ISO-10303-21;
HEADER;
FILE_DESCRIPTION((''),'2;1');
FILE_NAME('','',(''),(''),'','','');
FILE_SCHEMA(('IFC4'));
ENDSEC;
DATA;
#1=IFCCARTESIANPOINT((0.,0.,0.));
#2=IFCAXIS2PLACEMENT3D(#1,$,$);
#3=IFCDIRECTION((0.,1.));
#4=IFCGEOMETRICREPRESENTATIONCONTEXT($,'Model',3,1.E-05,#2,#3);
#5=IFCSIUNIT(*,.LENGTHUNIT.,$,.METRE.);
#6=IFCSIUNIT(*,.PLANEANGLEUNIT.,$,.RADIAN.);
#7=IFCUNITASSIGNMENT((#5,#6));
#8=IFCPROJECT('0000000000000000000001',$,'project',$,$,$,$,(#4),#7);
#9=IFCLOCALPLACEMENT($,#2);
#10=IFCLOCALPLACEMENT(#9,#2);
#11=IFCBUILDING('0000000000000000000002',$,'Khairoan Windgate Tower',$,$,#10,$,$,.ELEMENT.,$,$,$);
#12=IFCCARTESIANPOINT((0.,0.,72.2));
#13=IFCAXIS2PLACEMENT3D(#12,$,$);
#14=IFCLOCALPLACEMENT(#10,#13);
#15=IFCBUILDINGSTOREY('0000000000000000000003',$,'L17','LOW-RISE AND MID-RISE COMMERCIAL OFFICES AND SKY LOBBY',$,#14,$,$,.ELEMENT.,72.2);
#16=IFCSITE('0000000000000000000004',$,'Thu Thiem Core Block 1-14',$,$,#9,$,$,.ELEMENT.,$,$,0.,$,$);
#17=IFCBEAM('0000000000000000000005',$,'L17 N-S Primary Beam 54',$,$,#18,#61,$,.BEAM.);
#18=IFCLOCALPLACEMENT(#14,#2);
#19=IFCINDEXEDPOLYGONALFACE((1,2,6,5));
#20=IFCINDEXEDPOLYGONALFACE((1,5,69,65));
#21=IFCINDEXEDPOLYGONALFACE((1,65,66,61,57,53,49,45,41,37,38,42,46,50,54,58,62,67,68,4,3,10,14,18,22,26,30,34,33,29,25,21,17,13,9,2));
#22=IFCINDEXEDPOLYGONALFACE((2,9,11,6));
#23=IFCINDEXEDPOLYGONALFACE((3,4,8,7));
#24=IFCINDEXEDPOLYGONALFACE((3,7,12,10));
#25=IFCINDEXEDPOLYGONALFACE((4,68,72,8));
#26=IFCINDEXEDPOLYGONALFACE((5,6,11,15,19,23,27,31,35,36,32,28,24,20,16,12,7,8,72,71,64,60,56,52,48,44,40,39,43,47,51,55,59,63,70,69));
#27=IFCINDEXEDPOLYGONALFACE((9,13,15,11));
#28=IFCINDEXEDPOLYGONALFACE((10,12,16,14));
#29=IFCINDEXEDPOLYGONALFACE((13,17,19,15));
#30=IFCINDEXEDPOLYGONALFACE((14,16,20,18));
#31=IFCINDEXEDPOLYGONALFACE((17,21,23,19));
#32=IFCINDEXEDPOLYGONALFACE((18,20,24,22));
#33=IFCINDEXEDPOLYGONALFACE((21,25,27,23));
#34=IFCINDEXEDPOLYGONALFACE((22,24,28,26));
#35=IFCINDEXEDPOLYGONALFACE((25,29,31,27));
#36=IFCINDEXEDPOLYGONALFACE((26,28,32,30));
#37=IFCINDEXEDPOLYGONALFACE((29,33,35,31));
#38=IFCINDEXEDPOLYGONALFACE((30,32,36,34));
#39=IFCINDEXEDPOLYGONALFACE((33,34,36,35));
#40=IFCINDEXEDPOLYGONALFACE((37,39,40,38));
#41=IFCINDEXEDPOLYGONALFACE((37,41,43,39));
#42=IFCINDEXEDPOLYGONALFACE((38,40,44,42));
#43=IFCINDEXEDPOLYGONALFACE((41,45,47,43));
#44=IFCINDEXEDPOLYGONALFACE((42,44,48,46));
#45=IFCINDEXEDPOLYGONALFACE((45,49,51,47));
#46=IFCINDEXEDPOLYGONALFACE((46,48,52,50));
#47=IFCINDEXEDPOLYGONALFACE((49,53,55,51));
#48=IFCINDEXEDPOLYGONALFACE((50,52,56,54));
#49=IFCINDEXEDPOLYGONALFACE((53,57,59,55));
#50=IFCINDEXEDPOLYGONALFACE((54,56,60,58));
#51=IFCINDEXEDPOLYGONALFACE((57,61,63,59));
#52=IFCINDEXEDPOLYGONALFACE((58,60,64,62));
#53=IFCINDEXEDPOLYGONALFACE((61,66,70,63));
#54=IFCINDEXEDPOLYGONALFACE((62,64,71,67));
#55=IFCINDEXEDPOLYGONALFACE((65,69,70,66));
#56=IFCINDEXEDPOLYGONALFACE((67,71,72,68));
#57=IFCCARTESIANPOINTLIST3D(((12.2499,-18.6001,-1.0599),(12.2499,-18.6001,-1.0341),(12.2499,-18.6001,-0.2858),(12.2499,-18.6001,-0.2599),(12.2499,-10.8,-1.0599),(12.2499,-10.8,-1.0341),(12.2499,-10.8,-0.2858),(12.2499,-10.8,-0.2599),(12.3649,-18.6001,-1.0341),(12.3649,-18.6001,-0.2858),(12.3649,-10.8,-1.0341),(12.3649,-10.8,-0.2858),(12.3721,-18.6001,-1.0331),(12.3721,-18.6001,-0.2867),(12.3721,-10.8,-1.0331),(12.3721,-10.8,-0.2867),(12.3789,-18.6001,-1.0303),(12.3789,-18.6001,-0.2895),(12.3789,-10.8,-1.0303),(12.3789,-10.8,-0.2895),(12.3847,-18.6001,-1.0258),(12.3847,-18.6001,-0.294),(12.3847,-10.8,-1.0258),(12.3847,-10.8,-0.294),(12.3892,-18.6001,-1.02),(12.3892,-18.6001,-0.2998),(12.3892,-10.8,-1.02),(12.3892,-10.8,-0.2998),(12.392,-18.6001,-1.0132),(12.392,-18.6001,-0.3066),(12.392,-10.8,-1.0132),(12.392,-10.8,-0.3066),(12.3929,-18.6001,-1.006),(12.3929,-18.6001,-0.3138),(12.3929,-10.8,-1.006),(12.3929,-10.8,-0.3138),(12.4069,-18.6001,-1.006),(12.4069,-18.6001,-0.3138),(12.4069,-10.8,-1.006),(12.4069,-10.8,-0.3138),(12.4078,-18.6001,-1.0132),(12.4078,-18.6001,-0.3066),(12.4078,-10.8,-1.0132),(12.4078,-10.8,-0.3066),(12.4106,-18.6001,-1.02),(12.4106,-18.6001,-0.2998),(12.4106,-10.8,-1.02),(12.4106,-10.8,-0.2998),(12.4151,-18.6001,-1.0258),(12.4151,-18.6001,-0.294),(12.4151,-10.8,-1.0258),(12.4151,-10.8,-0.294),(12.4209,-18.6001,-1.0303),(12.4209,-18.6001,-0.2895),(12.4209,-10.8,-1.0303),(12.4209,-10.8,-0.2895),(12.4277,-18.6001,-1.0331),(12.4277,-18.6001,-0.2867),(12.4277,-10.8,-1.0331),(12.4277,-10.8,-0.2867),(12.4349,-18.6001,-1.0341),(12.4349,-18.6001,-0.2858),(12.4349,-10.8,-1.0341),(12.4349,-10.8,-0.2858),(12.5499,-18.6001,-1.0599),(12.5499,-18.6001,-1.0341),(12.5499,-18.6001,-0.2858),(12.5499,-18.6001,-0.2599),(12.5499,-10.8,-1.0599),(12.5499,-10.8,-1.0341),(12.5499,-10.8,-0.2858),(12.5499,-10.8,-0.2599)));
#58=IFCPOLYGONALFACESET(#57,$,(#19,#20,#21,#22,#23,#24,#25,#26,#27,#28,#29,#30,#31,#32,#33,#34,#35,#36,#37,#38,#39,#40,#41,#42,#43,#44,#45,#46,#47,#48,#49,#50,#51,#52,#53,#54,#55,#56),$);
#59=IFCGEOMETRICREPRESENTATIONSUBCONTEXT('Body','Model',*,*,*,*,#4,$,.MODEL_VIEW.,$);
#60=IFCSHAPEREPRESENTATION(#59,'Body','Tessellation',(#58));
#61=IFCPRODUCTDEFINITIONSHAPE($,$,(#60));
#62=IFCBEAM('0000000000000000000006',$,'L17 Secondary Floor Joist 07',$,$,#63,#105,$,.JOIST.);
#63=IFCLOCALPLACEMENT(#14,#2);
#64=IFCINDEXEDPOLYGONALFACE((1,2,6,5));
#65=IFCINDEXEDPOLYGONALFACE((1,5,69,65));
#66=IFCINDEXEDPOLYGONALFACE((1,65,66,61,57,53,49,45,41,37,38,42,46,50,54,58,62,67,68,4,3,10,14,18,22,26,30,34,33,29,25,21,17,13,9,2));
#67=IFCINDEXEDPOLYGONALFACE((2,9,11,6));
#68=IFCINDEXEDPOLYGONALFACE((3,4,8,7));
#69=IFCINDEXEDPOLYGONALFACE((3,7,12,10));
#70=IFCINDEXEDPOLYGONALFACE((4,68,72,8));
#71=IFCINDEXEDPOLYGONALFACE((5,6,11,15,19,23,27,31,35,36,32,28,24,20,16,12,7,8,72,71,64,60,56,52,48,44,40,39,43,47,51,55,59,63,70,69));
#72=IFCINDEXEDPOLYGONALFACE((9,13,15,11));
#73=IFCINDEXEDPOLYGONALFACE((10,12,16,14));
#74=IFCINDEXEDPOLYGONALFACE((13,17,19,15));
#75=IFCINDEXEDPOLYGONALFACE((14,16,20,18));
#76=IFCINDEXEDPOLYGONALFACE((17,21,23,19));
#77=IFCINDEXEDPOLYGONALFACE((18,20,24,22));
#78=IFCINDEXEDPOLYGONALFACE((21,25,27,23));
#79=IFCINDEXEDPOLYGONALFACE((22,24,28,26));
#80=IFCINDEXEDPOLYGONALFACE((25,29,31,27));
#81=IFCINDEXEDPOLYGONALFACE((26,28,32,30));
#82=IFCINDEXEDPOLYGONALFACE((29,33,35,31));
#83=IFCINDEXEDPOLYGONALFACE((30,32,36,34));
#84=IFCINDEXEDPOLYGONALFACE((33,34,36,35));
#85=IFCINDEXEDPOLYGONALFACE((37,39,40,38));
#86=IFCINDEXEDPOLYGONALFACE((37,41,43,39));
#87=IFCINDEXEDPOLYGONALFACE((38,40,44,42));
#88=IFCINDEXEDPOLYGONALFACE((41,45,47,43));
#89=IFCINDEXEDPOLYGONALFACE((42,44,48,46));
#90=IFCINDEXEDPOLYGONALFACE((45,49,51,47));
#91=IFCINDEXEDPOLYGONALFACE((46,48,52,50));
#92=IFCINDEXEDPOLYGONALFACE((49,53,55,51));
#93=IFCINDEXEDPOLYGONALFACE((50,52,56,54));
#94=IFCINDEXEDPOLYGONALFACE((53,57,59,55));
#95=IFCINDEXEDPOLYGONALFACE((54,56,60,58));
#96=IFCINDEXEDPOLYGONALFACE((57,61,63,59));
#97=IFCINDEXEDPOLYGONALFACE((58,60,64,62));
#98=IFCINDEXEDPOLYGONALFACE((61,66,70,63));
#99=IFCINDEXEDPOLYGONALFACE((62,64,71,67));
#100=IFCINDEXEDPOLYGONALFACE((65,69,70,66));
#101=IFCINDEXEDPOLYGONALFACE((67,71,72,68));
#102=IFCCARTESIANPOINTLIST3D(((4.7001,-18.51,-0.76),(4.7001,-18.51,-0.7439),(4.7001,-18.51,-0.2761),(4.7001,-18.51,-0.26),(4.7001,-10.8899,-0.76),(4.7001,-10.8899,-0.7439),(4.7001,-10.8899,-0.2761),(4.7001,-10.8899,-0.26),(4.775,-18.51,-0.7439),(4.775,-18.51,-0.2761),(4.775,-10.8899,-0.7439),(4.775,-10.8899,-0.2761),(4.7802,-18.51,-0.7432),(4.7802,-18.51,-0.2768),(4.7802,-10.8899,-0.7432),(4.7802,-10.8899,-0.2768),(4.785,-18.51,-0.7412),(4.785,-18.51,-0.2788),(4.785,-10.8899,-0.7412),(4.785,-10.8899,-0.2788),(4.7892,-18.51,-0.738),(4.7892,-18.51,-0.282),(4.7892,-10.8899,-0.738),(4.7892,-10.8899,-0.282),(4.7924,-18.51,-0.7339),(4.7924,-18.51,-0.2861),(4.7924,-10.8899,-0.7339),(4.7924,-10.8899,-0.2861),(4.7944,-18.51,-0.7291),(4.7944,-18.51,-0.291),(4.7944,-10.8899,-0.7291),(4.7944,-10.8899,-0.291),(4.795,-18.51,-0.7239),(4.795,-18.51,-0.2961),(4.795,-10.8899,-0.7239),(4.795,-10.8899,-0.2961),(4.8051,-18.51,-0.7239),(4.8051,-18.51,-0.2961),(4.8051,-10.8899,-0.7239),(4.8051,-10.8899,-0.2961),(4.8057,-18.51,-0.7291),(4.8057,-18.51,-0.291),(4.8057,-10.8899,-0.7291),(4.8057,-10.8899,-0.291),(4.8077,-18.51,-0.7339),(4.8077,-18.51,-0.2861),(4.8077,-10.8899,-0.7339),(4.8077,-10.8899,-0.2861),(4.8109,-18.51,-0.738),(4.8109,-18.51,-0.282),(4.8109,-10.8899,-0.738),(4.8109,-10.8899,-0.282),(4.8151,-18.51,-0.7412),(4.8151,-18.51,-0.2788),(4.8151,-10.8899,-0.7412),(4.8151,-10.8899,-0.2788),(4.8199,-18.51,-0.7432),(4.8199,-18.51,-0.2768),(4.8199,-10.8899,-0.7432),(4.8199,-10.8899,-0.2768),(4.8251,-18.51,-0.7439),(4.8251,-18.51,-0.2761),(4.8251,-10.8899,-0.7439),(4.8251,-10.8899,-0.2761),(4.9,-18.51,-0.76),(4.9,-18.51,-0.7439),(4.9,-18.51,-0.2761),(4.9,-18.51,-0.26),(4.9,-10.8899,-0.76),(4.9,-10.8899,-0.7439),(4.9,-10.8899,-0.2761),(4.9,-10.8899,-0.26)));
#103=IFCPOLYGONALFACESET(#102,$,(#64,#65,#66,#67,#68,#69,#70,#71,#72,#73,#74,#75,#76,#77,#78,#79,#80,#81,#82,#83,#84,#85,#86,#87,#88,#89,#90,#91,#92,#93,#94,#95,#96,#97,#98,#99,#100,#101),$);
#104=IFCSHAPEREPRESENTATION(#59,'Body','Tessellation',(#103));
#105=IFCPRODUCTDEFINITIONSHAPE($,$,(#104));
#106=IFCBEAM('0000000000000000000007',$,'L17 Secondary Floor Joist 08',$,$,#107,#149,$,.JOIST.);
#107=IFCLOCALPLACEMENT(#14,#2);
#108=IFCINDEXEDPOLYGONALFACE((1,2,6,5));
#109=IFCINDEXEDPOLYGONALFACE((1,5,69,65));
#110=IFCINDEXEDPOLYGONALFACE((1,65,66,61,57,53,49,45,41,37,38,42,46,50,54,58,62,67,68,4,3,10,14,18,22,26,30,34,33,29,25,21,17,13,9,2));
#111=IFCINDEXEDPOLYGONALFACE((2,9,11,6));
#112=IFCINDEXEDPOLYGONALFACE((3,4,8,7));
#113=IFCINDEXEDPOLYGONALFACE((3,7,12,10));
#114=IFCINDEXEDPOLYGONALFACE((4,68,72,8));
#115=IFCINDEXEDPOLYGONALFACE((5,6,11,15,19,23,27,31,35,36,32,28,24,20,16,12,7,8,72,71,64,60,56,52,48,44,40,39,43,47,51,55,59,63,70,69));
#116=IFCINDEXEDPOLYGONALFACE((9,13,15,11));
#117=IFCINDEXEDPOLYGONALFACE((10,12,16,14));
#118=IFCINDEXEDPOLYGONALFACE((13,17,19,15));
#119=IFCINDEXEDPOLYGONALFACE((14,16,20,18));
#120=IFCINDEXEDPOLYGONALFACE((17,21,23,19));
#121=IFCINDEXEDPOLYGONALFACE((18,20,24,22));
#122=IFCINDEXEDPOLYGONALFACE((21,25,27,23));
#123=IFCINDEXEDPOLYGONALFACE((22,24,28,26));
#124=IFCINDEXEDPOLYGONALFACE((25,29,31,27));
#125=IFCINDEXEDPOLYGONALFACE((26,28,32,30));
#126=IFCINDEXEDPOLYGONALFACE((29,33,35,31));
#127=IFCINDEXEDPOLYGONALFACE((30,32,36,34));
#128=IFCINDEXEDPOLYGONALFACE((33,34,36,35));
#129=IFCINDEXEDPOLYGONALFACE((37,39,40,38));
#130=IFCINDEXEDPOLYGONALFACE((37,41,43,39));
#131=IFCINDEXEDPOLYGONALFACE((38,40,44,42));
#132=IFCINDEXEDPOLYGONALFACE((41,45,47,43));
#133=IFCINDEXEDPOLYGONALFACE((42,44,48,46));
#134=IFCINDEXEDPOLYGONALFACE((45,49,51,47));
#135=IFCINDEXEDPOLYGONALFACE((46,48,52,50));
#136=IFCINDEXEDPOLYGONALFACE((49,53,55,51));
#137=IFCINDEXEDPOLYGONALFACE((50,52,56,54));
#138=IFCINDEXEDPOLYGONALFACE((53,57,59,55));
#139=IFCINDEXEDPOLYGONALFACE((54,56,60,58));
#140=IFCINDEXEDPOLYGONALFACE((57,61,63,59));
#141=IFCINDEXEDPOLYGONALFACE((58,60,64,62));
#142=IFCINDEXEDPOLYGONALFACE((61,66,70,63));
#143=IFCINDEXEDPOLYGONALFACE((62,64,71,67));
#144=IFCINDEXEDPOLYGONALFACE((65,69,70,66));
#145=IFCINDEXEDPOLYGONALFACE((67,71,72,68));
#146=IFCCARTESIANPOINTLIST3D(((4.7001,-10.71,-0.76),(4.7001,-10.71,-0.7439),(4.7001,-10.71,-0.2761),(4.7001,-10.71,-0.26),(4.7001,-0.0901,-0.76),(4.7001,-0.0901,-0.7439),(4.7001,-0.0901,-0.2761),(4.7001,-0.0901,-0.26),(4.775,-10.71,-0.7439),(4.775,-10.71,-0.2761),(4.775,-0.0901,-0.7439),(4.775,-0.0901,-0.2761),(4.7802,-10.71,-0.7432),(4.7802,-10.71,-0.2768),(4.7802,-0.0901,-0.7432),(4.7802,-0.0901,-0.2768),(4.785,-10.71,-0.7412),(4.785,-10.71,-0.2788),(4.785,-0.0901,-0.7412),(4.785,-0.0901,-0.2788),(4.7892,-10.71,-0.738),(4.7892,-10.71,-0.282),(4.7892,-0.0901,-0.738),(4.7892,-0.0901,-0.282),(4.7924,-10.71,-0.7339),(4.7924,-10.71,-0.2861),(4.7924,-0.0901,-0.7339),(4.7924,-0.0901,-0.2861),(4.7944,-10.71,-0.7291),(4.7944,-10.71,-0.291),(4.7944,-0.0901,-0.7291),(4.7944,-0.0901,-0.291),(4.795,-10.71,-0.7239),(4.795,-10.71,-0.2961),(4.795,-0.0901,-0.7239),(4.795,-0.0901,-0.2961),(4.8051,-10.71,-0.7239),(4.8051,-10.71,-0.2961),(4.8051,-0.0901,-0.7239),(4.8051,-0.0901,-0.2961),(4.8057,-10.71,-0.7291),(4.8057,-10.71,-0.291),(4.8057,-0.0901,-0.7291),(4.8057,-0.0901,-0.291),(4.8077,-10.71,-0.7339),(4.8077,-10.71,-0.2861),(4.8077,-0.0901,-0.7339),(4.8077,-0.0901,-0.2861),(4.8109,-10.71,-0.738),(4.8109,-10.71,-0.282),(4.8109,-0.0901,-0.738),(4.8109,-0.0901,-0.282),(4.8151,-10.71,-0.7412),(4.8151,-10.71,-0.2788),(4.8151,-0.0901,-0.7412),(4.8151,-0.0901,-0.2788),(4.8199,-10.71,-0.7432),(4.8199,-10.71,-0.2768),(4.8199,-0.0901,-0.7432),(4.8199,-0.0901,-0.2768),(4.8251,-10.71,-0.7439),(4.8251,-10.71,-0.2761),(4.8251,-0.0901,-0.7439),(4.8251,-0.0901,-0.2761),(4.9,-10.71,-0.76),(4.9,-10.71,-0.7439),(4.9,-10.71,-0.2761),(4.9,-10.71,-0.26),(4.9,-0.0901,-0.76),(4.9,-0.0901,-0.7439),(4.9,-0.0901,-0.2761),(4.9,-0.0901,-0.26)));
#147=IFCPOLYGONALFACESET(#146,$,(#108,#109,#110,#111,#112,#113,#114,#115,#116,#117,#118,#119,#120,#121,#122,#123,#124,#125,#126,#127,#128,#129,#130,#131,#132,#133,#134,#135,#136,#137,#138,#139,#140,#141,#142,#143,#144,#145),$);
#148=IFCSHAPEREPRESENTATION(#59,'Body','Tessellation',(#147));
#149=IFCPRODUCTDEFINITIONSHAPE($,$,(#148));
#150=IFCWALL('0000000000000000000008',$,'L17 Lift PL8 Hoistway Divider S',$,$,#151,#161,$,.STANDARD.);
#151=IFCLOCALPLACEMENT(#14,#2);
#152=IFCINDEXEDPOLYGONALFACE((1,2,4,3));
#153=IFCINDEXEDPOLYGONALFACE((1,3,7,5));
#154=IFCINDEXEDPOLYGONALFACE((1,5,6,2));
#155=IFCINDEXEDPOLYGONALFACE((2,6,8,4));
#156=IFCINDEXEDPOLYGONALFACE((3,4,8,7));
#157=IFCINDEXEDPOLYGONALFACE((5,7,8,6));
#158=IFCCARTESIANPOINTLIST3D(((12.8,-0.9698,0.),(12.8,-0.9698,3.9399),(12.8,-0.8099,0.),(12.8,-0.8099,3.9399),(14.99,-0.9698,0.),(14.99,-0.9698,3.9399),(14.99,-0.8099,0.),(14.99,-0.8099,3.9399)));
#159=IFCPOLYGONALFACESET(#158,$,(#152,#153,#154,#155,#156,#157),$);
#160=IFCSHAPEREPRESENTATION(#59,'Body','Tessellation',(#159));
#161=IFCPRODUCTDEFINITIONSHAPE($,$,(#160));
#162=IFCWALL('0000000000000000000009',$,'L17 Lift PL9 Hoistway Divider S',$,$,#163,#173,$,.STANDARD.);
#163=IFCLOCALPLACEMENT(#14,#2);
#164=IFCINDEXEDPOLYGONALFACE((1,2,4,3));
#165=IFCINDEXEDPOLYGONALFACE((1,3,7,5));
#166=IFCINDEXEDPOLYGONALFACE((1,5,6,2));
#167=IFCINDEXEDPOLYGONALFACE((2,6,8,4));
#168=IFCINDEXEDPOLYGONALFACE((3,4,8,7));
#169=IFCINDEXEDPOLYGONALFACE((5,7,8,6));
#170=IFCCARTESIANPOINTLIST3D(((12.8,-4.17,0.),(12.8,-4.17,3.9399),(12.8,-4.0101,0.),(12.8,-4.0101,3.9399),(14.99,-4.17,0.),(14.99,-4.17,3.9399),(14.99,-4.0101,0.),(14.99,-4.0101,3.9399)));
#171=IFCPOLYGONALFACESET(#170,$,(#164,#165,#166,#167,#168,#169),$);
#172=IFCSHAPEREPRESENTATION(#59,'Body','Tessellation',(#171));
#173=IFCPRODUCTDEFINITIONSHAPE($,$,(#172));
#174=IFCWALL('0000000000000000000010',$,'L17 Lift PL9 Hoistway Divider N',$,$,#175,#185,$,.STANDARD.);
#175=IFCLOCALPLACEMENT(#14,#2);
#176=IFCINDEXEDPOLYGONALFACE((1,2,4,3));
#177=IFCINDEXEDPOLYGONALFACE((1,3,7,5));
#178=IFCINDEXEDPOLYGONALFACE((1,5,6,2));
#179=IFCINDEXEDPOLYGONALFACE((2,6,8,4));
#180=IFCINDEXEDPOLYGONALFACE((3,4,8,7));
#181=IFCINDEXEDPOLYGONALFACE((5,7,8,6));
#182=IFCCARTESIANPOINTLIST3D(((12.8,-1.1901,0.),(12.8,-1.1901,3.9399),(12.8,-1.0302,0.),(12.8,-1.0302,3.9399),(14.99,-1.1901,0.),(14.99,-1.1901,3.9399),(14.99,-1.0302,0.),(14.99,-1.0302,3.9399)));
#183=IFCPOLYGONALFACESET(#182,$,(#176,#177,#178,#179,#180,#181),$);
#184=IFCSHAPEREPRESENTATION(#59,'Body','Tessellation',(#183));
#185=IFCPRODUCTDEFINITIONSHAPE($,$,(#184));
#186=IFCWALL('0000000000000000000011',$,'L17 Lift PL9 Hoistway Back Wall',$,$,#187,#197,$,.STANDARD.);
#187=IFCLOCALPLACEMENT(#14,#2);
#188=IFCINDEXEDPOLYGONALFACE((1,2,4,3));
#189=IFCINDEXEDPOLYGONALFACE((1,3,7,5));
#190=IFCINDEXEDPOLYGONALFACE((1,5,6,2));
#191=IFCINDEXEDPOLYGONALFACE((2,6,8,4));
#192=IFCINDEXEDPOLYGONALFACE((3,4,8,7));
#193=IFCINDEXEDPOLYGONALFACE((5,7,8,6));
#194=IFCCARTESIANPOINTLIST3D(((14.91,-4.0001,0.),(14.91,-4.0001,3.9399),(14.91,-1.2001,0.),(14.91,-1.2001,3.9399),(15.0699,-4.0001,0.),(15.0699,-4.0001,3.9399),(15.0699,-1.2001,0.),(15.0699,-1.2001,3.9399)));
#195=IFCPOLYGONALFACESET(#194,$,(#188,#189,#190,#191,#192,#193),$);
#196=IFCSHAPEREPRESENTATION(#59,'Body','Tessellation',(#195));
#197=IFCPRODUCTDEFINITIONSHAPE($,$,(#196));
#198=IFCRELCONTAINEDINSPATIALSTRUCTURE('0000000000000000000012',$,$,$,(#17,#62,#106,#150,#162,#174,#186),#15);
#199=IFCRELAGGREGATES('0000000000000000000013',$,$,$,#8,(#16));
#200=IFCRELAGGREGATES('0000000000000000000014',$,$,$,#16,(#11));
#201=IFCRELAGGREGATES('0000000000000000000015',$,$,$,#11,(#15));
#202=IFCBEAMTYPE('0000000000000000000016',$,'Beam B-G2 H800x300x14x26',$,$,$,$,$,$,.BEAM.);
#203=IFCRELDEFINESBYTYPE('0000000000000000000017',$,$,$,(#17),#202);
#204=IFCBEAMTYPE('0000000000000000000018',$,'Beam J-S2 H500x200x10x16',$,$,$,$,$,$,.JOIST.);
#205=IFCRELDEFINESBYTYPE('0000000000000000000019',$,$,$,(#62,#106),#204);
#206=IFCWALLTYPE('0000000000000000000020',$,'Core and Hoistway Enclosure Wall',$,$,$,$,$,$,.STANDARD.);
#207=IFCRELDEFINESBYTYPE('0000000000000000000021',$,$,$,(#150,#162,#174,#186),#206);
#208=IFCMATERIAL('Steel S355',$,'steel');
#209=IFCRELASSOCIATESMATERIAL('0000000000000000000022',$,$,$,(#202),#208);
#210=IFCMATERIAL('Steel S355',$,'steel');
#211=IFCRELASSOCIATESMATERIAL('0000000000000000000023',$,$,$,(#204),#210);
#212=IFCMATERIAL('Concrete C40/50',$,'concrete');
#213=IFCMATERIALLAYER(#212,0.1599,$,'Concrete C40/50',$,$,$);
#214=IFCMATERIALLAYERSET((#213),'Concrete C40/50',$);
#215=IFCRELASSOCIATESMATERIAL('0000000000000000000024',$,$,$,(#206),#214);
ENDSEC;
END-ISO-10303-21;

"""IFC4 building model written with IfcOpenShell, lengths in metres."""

from ifc_helpers import new_model, si_unit, direction, frame, frame_2d, origin, origin_2d, place, context, subcontext, project, spatial, rectangle, i_section, extrude, material, layer, layer_set, material_profile, profile_set, type_object, element, save


model = new_model("IFC4")

# Units and contexts
model_context = context("Model", 3, precision=1e-05, world=origin(), true_north=direction((0.0, 1.0)))
body_context = subcontext(model_context, "Body", "Model", "MODEL_VIEW")
ifc_project = project(units=[si_unit("LENGTHUNIT", "METRE"), si_unit("PLANEANGLEUNIT", "RADIAN")], contexts=[model_context])

# Site, building, storey
site_placement = place(None, origin())
site = spatial("IfcSite", under=ifc_project, at=site_placement, Name="Thu Thiem Core Block 1-14", CompositionType="ELEMENT", RefElevation=0.0)
building_placement = place(site_placement, origin())
building = spatial("IfcBuilding", under=site, at=building_placement, Name="Khairoan Windgate Tower", CompositionType="ELEMENT")
storey_placement = place(building_placement, frame((0.0, 0.0, 72.2)))
storey = spatial("IfcBuildingStorey", under=building, at=storey_placement, Name="L17", Description="LOW-RISE AND MID-RISE COMMERCIAL OFFICES AND SKY LOBBY", CompositionType="ELEMENT", Elevation=72.2)

# Beams
ifc_material_1 = material(Name="Steel S355", Category="steel")
ifc_material_profile_1 = material_profile(ifc_material_1, i_section(OverallWidth=0.3, OverallDepth=0.8, WebThickness=0.0139, FlangeThickness=0.0259, FilletRadius=0.0281, at=origin_2d()))
ifc_profile_set_1 = profile_set([ifc_material_profile_1], Name="Steel S355")
beam_type_1 = type_object("IfcBeamType", Name="Beam B-G2 H800x300x14x26", PredefinedType="BEAM", material=ifc_profile_set_1)
beam_1_placement = place(storey_placement, frame((12.3999, -18.6001, -0.6599), z_axis=(0.0, 1.0, 0.0), x_axis=(-1.0, 0.0, 0.0)))
element("IfcBeam", 1, at=beam_1_placement, inside=storey, type_object=beam_type_1, Name="L17 N-S Primary Beam 54", PredefinedType="BEAM", context=body_context, shape_type="SweptSolid", body=[
    extrude(i_section(OverallWidth=0.3, OverallDepth=0.8, WebThickness=0.0139, FlangeThickness=0.0259, FilletRadius=0.0281, at=origin_2d()), origin(), (0.0, 0.0, 1.0), 7.8),
])
ifc_material_2 = material(Name="Steel S355", Category="steel")
ifc_material_profile_2 = material_profile(ifc_material_2, i_section(OverallWidth=0.2, OverallDepth=0.5, WebThickness=0.01, FlangeThickness=0.0161, FilletRadius=0.02, at=origin_2d()))
ifc_profile_set_2 = profile_set([ifc_material_profile_2], Name="Steel S355")
beam_type_2 = type_object("IfcBeamType", Name="Beam J-S2 H500x200x10x16", PredefinedType="JOIST", material=ifc_profile_set_2)
beam_2_placement = place(storey_placement, frame((4.8, -18.51, -0.51), z_axis=(0.0, 1.0, 0.0), x_axis=(-1.0, 0.0, 0.0)))
element("IfcBeam", 2, at=beam_2_placement, inside=storey, type_object=beam_type_2, Name="L17 Secondary Floor Joist 07", PredefinedType="JOIST", context=body_context, shape_type="SweptSolid", body=[
    extrude(i_section(OverallWidth=0.2, OverallDepth=0.5, WebThickness=0.01, FlangeThickness=0.0161, FilletRadius=0.02, at=origin_2d()), origin(), (0.0, 0.0, 1.0), 7.6201),
])
beam_3_placement = place(storey_placement, frame((4.8, -10.71, -0.51), z_axis=(0.0, 1.0, 0.0), x_axis=(-1.0, 0.0, 0.0)))
element("IfcBeam", 3, at=beam_3_placement, inside=storey, type_object=beam_type_2, Name="L17 Secondary Floor Joist 08", PredefinedType="JOIST", context=body_context, shape_type="SweptSolid", body=[
    extrude(i_section(OverallWidth=0.2, OverallDepth=0.5, WebThickness=0.01, FlangeThickness=0.0161, FilletRadius=0.02, at=origin_2d()), origin(), (0.0, 0.0, 1.0), 10.6199),
])

# Walls
ifc_material_3 = material(Name="Concrete C40/50", Category="concrete")
ifc_layer_1 = layer(ifc_material_3, 0.1599, Name="Concrete C40/50")
ifc_layer_set_1 = layer_set([ifc_layer_1], Name="Concrete C40/50")
wall_type_1 = type_object("IfcWallType", Name="Core and Hoistway Enclosure Wall", PredefinedType="STANDARD", material=ifc_layer_set_1)
for number, where, z_axis, x_axis, name in (
    (4, (12.8, -0.8899, 0.0), (0.0, 0.0, 1.0), (1.0, 0.0, 0.0), "L17 Lift PL8 Hoistway Divider S"),
    (5, (12.8, -4.0901, 0.0), (0.0, 0.0, 1.0), (1.0, 0.0, 0.0), "L17 Lift PL9 Hoistway Divider S"),
    (6, (12.8, -1.1101, 0.0), (0.0, 0.0, 1.0), (1.0, 0.0, 0.0), "L17 Lift PL9 Hoistway Divider N"),
):
    element("IfcWall", number, at=place(storey_placement, frame(where, z_axis=z_axis, x_axis=x_axis)), inside=storey, type_object=wall_type_1, Name=name, PredefinedType="STANDARD", context=body_context, shape_type="SweptSolid", body=[
        extrude(rectangle(XDim=2.1899, YDim=0.1599, at=frame_2d((1.095, 0.0))), origin(), (0.0, 0.0, 1.0), 3.9399),
    ])
wall_1_placement = place(storey_placement, frame((14.99, -4.0, 0.0), z_axis=(0.0, 0.0, 1.0), x_axis=(0.0, 1.0, 0.0)))
element("IfcWall", 7, at=wall_1_placement, inside=storey, type_object=wall_type_1, Name="L17 Lift PL9 Hoistway Back Wall", PredefinedType="STANDARD", context=body_context, shape_type="SweptSolid", body=[
    extrude(rectangle(XDim=2.8, YDim=0.1599, at=frame_2d((1.3999, 0.0))), origin(), (0.0, 0.0, 1.0), 3.9399),
])

save(model, "model.ifc")
